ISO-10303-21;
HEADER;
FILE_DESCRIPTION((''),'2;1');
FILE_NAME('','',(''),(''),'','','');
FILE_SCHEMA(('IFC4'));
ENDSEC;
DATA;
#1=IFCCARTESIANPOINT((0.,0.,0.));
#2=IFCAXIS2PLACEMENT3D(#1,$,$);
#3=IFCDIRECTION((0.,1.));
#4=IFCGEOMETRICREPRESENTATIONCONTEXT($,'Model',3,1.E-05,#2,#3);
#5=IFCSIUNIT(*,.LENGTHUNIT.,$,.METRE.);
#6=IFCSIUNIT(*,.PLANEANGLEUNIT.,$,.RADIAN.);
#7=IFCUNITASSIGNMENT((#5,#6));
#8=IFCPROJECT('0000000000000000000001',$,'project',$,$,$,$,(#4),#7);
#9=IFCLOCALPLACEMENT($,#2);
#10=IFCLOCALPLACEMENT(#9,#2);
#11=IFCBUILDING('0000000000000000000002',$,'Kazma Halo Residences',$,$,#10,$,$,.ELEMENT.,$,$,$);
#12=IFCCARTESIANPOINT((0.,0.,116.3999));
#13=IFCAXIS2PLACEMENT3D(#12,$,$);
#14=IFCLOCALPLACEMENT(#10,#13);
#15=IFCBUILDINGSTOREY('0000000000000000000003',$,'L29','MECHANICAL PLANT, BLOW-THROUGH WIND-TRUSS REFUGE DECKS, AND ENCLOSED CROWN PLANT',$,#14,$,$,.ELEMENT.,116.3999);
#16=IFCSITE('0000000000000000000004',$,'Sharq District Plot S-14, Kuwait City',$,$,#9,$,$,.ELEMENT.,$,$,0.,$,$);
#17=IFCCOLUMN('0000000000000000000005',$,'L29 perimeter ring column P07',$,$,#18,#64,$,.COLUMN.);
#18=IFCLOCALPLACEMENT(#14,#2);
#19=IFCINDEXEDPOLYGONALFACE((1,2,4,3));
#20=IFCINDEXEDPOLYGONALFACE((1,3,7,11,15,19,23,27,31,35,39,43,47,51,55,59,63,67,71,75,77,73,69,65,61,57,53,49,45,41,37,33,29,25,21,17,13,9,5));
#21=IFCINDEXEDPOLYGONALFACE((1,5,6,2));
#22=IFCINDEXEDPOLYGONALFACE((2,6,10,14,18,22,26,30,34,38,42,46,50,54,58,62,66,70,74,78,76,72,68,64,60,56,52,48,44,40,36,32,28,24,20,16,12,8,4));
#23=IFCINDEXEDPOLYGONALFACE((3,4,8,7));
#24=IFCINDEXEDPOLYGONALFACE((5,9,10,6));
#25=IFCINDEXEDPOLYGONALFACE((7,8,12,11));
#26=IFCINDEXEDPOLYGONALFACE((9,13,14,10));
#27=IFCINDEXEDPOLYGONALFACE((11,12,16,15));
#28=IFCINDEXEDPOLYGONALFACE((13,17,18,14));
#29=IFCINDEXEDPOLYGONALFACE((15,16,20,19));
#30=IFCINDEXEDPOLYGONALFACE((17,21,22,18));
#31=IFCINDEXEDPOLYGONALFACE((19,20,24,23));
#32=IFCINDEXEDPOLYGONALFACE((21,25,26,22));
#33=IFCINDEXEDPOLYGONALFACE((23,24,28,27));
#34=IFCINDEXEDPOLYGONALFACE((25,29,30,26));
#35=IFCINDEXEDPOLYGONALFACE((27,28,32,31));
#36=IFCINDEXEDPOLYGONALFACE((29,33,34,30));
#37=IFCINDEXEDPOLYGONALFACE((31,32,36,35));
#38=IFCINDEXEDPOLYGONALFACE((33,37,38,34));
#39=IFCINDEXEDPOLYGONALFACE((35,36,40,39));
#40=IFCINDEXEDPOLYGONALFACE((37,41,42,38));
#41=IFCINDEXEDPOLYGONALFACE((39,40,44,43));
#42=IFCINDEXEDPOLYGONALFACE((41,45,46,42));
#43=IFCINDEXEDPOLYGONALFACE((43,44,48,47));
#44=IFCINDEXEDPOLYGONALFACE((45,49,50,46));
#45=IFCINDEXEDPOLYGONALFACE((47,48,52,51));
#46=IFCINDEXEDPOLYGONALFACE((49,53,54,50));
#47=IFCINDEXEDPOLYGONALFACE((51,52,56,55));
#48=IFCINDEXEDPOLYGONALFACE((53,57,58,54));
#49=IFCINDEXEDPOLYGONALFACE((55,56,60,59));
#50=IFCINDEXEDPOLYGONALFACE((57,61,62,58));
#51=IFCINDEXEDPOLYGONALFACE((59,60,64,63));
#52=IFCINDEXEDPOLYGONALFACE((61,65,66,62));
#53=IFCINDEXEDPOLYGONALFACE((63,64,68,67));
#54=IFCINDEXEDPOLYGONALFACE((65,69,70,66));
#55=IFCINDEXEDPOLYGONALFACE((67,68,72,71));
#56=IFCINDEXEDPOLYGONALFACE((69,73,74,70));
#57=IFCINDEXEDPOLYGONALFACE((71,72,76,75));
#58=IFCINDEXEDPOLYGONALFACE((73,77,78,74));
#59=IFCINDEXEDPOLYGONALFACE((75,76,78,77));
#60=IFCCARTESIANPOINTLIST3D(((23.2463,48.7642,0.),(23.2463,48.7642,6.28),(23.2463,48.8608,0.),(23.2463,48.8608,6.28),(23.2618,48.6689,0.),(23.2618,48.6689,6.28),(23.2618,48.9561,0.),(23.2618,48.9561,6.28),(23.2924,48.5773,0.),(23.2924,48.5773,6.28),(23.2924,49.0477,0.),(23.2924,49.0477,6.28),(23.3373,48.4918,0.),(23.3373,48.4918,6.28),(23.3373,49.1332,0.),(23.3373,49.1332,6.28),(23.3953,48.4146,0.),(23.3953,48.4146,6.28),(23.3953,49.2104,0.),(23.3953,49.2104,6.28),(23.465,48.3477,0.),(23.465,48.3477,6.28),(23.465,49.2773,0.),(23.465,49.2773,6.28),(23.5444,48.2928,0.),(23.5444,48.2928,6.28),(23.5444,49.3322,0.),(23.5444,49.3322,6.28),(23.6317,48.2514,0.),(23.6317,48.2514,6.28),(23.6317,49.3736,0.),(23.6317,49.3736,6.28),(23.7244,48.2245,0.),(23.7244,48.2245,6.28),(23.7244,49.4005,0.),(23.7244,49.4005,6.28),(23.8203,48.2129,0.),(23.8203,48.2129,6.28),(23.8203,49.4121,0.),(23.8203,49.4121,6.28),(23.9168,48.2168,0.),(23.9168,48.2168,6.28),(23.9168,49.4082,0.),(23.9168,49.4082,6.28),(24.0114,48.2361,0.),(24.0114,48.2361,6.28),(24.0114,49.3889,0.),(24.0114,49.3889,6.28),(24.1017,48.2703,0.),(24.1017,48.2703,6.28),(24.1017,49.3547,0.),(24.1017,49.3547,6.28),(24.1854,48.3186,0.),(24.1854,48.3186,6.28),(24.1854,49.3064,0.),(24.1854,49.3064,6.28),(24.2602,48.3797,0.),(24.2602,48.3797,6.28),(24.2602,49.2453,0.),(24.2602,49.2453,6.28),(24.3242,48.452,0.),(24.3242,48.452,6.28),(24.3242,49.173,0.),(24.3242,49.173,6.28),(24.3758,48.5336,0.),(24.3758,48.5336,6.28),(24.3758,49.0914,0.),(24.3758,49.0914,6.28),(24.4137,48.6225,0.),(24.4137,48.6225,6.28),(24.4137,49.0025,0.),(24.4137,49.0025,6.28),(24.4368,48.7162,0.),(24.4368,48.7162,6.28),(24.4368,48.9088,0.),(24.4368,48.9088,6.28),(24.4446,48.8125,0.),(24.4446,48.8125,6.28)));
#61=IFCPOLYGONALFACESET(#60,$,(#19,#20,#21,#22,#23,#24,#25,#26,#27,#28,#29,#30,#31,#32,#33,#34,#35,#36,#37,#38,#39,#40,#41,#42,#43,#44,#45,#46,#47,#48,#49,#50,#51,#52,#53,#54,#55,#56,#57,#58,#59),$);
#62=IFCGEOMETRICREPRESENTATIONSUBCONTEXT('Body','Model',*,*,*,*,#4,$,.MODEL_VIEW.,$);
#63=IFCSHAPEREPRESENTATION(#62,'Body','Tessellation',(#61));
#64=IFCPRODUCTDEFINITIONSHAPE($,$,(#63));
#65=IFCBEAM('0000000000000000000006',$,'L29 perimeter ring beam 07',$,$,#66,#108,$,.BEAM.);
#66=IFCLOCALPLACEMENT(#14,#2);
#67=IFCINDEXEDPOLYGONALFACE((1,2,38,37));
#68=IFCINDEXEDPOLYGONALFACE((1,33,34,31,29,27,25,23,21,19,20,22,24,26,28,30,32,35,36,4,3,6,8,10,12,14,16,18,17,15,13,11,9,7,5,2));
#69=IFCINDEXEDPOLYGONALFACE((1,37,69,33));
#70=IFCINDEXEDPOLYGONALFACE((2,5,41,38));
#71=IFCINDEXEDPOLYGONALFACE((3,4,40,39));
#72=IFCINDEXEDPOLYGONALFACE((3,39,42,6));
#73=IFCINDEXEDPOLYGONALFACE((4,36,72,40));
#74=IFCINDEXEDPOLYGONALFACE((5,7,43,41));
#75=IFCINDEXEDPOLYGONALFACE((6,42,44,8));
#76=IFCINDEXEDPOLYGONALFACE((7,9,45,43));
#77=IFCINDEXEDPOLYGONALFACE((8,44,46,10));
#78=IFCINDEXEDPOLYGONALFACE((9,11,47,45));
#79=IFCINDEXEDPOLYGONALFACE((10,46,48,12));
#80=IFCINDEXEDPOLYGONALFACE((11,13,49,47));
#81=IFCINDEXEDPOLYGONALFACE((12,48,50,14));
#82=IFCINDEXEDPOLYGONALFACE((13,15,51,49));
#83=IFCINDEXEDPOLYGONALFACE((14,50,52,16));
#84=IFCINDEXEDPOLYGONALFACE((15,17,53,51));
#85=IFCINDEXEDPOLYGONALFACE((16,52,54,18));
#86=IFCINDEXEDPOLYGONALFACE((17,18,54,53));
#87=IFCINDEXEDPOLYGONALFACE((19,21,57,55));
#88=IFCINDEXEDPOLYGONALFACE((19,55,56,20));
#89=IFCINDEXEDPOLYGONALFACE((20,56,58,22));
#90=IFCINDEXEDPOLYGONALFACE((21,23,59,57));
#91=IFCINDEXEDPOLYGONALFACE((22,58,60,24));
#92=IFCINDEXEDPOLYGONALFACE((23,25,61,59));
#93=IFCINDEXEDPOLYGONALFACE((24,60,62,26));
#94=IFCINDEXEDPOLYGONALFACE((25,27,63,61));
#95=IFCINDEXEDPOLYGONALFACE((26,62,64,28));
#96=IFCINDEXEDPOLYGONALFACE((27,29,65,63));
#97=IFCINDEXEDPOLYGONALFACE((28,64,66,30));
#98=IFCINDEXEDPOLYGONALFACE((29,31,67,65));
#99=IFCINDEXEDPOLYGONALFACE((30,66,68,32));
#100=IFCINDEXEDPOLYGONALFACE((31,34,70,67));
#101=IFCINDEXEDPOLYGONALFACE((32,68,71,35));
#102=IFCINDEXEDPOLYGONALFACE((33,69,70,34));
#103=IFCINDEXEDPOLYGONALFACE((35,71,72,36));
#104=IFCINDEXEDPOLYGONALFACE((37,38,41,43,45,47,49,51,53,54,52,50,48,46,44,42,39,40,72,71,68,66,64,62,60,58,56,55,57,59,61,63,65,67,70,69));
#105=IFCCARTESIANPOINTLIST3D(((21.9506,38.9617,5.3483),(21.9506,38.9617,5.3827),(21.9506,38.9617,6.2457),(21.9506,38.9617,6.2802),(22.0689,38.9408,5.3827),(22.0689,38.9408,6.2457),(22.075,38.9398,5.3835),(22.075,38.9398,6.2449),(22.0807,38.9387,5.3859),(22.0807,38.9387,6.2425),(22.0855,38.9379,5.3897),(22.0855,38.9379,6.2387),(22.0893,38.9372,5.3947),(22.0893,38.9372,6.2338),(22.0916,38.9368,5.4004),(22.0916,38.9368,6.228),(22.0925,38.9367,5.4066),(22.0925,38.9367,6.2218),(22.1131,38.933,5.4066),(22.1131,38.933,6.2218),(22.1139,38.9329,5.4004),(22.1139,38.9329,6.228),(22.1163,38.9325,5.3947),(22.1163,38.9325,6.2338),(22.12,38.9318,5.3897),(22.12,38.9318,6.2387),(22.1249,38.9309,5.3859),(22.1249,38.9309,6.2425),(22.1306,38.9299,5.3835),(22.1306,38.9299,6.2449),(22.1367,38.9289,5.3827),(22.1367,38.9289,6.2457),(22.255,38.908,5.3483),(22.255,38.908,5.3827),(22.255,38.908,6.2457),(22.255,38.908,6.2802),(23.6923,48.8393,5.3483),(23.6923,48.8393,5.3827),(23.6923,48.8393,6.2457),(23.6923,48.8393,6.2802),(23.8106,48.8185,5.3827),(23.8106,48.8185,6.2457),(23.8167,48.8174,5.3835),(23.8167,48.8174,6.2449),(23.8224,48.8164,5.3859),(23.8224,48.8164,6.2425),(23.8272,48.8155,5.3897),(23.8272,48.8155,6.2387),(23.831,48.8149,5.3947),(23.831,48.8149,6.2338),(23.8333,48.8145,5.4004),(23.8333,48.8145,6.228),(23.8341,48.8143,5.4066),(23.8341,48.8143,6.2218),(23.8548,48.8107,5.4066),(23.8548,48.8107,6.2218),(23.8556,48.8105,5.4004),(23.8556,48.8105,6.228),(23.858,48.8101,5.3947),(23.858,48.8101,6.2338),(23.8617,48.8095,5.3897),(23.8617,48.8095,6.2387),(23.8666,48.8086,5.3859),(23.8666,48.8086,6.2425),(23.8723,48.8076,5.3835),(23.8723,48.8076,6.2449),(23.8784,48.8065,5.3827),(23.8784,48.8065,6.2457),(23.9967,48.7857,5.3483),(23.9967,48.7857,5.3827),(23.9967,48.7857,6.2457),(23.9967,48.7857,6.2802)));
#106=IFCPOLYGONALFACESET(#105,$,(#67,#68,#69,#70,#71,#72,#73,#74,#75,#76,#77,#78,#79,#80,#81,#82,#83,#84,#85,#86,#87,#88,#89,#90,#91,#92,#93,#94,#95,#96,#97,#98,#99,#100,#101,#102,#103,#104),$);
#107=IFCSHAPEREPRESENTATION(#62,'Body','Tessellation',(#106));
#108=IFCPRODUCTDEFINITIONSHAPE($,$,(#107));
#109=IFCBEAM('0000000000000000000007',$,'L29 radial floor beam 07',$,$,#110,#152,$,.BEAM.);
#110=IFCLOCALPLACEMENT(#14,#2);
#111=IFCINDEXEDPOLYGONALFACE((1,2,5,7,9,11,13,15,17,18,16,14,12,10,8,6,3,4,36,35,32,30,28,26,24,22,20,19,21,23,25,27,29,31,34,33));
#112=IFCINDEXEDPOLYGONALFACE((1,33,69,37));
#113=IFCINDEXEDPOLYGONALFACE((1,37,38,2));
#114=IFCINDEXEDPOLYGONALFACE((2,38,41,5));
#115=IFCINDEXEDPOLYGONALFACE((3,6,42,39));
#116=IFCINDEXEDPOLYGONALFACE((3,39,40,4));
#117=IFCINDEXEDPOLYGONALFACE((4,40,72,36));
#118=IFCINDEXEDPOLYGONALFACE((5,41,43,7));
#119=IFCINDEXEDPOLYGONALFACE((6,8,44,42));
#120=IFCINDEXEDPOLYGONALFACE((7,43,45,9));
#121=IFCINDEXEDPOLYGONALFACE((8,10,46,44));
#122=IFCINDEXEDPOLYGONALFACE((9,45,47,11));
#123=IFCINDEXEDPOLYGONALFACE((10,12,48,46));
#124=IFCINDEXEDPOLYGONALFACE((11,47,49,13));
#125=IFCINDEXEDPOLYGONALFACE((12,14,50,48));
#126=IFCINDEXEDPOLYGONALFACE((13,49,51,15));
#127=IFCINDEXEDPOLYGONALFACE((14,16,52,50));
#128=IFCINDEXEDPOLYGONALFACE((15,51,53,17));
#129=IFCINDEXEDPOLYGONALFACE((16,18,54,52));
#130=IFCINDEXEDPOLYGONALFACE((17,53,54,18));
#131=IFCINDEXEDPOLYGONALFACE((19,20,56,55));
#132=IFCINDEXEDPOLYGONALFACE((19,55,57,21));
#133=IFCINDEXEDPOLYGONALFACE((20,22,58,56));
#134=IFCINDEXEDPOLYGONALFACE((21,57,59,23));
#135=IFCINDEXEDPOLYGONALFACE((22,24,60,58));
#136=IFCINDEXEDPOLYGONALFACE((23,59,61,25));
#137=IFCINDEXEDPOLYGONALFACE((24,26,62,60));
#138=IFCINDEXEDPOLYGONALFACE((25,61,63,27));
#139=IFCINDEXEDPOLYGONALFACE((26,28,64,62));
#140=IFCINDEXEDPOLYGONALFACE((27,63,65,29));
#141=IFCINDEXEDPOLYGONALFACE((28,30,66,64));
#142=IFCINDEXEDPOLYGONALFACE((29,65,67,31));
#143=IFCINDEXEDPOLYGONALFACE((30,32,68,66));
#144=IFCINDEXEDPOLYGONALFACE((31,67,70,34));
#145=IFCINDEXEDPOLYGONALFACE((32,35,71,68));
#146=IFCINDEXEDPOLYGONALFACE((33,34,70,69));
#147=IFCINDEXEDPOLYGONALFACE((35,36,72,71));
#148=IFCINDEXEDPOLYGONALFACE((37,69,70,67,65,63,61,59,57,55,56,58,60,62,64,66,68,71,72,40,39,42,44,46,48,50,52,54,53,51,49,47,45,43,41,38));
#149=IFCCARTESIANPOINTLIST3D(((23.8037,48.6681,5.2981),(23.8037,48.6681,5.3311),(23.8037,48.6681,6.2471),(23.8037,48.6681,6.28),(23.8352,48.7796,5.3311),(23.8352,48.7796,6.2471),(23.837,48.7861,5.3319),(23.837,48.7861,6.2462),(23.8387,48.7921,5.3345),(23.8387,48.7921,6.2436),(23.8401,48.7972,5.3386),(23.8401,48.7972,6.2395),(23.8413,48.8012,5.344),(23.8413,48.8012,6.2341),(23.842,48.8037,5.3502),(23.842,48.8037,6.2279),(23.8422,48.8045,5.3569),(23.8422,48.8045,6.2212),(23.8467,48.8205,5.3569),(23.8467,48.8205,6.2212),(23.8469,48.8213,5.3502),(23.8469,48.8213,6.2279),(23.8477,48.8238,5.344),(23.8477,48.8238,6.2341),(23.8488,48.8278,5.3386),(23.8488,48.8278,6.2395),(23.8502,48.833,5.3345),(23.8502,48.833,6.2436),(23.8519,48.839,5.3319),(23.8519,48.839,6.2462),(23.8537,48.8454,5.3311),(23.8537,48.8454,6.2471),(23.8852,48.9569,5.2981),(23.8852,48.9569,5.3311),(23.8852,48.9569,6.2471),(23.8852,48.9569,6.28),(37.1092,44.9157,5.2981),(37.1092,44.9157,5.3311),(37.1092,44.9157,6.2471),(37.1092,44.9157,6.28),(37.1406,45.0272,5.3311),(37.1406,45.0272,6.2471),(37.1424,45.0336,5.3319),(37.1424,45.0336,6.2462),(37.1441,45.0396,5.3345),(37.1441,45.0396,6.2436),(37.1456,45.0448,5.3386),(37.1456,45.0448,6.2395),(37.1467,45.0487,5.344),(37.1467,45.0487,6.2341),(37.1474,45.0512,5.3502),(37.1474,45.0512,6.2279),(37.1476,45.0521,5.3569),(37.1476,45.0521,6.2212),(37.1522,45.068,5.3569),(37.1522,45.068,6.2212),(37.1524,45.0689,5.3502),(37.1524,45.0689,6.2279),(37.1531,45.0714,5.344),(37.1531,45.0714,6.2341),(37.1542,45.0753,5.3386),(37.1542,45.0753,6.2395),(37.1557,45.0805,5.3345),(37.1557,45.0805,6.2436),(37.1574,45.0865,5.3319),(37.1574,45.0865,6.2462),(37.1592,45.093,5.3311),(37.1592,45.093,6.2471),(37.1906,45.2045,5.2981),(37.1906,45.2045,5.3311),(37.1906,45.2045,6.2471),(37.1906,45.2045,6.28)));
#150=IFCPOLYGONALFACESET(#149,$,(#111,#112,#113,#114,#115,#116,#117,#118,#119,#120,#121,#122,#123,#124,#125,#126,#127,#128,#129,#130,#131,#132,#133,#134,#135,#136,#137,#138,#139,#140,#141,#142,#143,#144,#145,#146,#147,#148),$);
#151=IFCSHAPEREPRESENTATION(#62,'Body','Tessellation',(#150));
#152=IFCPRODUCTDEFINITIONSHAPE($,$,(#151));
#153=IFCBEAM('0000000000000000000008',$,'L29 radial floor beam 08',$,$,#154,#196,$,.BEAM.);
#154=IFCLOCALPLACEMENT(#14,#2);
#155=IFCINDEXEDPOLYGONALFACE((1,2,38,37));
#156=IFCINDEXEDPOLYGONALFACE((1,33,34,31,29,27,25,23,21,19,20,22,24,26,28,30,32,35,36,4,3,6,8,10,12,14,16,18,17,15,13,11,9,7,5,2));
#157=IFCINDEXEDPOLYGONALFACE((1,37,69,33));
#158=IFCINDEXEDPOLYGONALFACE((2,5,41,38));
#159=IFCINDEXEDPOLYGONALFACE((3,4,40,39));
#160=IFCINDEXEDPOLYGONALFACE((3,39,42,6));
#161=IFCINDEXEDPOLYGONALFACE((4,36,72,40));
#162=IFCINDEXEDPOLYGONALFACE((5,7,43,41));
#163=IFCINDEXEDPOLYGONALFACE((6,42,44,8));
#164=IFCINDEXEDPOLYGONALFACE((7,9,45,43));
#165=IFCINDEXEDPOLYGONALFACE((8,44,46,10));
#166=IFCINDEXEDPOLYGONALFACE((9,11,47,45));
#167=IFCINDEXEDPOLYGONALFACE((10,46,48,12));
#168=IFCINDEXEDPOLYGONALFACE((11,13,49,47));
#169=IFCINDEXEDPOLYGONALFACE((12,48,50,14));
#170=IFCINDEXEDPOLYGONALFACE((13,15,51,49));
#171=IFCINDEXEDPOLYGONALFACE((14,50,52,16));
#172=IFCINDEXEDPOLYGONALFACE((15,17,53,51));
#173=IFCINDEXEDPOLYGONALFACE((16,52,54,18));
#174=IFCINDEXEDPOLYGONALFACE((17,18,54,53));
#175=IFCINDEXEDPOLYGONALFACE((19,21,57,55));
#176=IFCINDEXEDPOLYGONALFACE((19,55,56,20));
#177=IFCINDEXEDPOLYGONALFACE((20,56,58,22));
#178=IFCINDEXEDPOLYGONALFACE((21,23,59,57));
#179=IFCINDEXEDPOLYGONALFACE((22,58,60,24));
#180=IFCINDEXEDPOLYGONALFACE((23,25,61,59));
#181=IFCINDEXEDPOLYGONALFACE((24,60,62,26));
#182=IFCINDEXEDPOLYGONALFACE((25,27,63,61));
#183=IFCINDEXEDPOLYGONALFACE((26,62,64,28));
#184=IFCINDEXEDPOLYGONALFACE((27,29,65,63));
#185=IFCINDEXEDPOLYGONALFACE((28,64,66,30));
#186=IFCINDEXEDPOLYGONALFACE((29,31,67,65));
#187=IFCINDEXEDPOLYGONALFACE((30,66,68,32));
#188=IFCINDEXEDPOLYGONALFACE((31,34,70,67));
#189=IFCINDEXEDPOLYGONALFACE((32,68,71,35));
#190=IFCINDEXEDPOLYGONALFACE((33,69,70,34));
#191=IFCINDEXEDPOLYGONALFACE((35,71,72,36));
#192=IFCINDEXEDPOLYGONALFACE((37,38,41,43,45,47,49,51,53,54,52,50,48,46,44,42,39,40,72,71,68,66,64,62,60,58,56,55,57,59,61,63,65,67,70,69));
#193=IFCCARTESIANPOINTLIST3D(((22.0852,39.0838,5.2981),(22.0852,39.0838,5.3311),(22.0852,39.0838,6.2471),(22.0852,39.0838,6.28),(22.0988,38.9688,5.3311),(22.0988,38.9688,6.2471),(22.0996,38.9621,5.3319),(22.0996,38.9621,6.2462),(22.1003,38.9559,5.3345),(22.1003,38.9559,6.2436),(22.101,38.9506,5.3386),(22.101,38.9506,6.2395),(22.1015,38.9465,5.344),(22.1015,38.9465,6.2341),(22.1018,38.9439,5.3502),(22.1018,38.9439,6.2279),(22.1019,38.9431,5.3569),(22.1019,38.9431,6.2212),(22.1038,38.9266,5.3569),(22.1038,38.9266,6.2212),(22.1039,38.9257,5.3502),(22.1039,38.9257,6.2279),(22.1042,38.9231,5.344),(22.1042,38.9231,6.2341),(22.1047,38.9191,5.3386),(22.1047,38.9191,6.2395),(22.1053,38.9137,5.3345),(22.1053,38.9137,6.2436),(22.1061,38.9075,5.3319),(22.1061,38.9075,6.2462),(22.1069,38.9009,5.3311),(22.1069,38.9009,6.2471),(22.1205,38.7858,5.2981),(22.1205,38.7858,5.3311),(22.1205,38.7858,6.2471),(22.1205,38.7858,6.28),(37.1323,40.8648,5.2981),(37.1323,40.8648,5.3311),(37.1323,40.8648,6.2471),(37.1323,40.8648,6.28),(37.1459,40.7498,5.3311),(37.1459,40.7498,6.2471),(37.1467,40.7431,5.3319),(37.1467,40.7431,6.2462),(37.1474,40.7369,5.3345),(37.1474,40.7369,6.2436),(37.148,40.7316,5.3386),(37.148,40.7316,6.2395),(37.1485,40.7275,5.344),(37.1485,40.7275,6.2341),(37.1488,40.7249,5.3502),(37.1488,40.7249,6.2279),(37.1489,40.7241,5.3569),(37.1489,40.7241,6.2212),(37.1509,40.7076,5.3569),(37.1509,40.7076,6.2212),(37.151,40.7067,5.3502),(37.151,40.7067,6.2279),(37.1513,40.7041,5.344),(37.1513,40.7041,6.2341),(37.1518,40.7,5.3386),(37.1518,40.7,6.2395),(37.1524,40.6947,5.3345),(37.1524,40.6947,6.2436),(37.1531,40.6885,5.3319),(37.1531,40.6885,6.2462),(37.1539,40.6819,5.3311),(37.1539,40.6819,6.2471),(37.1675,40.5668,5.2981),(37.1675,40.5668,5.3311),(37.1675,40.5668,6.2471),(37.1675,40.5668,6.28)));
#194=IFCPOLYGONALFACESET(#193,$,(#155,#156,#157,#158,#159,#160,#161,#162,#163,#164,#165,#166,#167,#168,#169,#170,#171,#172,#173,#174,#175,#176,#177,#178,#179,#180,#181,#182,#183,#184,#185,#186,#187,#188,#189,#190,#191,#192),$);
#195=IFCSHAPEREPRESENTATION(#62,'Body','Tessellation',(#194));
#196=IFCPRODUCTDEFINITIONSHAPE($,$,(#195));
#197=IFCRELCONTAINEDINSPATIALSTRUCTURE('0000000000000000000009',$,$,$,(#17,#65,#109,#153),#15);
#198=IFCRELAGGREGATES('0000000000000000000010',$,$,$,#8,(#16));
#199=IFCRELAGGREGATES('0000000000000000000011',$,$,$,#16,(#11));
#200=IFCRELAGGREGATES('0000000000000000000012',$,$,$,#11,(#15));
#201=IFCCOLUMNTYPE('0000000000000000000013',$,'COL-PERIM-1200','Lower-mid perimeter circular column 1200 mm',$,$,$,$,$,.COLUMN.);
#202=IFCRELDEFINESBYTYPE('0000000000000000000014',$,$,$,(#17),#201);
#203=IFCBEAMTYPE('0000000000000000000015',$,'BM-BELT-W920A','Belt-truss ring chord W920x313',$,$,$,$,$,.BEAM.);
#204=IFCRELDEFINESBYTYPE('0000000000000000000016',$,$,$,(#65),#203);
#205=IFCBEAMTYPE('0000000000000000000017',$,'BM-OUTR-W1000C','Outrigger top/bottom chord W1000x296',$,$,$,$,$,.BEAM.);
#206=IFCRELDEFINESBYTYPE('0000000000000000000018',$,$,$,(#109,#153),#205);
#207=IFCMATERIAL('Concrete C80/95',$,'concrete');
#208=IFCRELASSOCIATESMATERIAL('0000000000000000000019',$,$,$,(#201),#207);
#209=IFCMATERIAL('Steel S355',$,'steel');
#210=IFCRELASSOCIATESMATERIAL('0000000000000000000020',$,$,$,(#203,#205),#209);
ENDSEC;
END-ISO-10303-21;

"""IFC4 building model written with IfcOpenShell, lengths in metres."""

from ifc_helpers import new_model, si_unit, direction, frame, origin, origin_2d, place, context, subcontext, project, spatial, circle, i_section, extrude, material, material_profile, profile_set, type_object, element, save


model = new_model("IFC4")

# Units and contexts
model_context = context("Model", 3, precision=1e-05, world=origin(), true_north=direction((0.0, 1.0)))
body_context = subcontext(model_context, "Body", "Model", "MODEL_VIEW")
ifc_project = project(units=[si_unit("LENGTHUNIT", "METRE"), si_unit("PLANEANGLEUNIT", "RADIAN")], contexts=[model_context])

# Site, building, storey
site_placement = place(None, origin())
site = spatial("IfcSite", under=ifc_project, at=site_placement, Name="Sharq District Plot S-14, Kuwait City", CompositionType="ELEMENT", RefElevation=0.0)
building_placement = place(site_placement, origin())
building = spatial("IfcBuilding", under=site, at=building_placement, Name="Kazma Halo Residences", CompositionType="ELEMENT")
storey_placement = place(building_placement, frame((0.0, 0.0, 116.3999)))
storey = spatial("IfcBuildingStorey", under=building, at=storey_placement, Name="L29", Description="MECHANICAL PLANT, BLOW-THROUGH WIND-TRUSS REFUGE DECKS, AND ENCLOSED CROWN PLANT", CompositionType="ELEMENT", Elevation=116.3999)

# Column
ifc_material_1 = material(Name="Concrete C80/95", Category="concrete")
ifc_material_profile_1 = material_profile(ifc_material_1, circle(Radius=0.6001, at=origin_2d()), Name="CIRC1200")
ifc_profile_set_1 = profile_set([ifc_material_profile_1], Name="Concrete C80/95")
column_type = type_object("IfcColumnType", Name="COL-PERIM-1200", Description="Lower-mid perimeter circular column 1200 mm", PredefinedType="COLUMN", material=ifc_profile_set_1)
column_placement = place(storey_placement, frame((23.8445, 48.8125, 0.0), z_axis=(0.0, 0.0, 1.0), x_axis=(1.0, 0.0, 0.0)))
element("IfcColumn", 1, at=column_placement, inside=storey, type_object=column_type, Name="L29 perimeter ring column P07", PredefinedType="COLUMN", context=body_context, shape_type="SweptSolid", body=[
    extrude(circle(Radius=0.6001, at=origin_2d()), origin(), (0.0, 0.0, 1.0), 6.28),
])

# Beams
ifc_material_2 = material(Name="Steel S355", Category="steel")
ifc_material_profile_2 = material_profile(ifc_material_2, i_section(OverallWidth=0.3091, OverallDepth=0.9319, WebThickness=0.021, FlangeThickness=0.0344, FilletRadius=0.0239, at=origin_2d()), Name="W920x313")
ifc_profile_set_2 = profile_set([ifc_material_profile_2], Name="Steel S355")
beam_type_1 = type_object("IfcBeamType", Name="BM-BELT-W920A", Description="Belt-truss ring chord W920x313", PredefinedType="BEAM", material=ifc_profile_set_2)
beam_1_placement = place(storey_placement, frame((23.8445, 48.8125, 5.8142), z_axis=(-0.173648, -0.984808, 0.0), x_axis=(0.984808, -0.173648, 0.0)))
element("IfcBeam", 2, at=beam_1_placement, inside=storey, type_object=beam_type_1, Name="L29 perimeter ring beam 07", PredefinedType="BEAM", context=body_context, shape_type="SweptSolid", body=[
    extrude(i_section(OverallWidth=0.3091, OverallDepth=0.9319, WebThickness=0.021, FlangeThickness=0.0344, FilletRadius=0.0239, at=origin_2d()), origin(), (0.0, 0.0, 1.0), 10.03),
])
ifc_material_profile_3 = material_profile(ifc_material_2, i_section(OverallWidth=0.3, OverallDepth=0.9819, WebThickness=0.0166, FlangeThickness=0.033, FilletRadius=0.0259, at=origin_2d()), Name="W1000x296")
ifc_profile_set_3 = profile_set([ifc_material_profile_3], Name="Steel S355")
beam_type_2 = type_object("IfcBeamType", Name="BM-OUTR-W1000C", Description="Outrigger top/bottom chord W1000x296", PredefinedType="BEAM", material=ifc_profile_set_3)
beam_2_placement = place(storey_placement, frame((37.1499, 45.0601, 5.7891), z_axis=(-0.962457, 0.271435, 0.0), x_axis=(-0.271435, -0.962457, 0.0)))
element("IfcBeam", 3, at=beam_2_placement, inside=storey, type_object=beam_type_2, Name="L29 radial floor beam 07", PredefinedType="BEAM", context=body_context, shape_type="SweptSolid", body=[
    extrude(i_section(OverallWidth=0.3, OverallDepth=0.9819, WebThickness=0.0166, FlangeThickness=0.033, FilletRadius=0.0259, at=origin_2d()), origin(), (0.0, 0.0, 1.0), 13.8245),
])
beam_3_placement = place(storey_placement, frame((37.1499, 40.7158, 5.7891), z_axis=(-0.993068, -0.117541, 0.0), x_axis=(0.117541, -0.993068, 0.0)))
element("IfcBeam", 4, at=beam_3_placement, inside=storey, type_object=beam_type_2, Name="L29 radial floor beam 08", PredefinedType="BEAM", context=body_context, shape_type="SweptSolid", body=[
    extrude(i_section(OverallWidth=0.3, OverallDepth=0.9819, WebThickness=0.0166, FlangeThickness=0.033, FilletRadius=0.0259, at=origin_2d()), origin(), (0.0, 0.0, 1.0), 15.1521),
])

save(model, "model.ifc")
